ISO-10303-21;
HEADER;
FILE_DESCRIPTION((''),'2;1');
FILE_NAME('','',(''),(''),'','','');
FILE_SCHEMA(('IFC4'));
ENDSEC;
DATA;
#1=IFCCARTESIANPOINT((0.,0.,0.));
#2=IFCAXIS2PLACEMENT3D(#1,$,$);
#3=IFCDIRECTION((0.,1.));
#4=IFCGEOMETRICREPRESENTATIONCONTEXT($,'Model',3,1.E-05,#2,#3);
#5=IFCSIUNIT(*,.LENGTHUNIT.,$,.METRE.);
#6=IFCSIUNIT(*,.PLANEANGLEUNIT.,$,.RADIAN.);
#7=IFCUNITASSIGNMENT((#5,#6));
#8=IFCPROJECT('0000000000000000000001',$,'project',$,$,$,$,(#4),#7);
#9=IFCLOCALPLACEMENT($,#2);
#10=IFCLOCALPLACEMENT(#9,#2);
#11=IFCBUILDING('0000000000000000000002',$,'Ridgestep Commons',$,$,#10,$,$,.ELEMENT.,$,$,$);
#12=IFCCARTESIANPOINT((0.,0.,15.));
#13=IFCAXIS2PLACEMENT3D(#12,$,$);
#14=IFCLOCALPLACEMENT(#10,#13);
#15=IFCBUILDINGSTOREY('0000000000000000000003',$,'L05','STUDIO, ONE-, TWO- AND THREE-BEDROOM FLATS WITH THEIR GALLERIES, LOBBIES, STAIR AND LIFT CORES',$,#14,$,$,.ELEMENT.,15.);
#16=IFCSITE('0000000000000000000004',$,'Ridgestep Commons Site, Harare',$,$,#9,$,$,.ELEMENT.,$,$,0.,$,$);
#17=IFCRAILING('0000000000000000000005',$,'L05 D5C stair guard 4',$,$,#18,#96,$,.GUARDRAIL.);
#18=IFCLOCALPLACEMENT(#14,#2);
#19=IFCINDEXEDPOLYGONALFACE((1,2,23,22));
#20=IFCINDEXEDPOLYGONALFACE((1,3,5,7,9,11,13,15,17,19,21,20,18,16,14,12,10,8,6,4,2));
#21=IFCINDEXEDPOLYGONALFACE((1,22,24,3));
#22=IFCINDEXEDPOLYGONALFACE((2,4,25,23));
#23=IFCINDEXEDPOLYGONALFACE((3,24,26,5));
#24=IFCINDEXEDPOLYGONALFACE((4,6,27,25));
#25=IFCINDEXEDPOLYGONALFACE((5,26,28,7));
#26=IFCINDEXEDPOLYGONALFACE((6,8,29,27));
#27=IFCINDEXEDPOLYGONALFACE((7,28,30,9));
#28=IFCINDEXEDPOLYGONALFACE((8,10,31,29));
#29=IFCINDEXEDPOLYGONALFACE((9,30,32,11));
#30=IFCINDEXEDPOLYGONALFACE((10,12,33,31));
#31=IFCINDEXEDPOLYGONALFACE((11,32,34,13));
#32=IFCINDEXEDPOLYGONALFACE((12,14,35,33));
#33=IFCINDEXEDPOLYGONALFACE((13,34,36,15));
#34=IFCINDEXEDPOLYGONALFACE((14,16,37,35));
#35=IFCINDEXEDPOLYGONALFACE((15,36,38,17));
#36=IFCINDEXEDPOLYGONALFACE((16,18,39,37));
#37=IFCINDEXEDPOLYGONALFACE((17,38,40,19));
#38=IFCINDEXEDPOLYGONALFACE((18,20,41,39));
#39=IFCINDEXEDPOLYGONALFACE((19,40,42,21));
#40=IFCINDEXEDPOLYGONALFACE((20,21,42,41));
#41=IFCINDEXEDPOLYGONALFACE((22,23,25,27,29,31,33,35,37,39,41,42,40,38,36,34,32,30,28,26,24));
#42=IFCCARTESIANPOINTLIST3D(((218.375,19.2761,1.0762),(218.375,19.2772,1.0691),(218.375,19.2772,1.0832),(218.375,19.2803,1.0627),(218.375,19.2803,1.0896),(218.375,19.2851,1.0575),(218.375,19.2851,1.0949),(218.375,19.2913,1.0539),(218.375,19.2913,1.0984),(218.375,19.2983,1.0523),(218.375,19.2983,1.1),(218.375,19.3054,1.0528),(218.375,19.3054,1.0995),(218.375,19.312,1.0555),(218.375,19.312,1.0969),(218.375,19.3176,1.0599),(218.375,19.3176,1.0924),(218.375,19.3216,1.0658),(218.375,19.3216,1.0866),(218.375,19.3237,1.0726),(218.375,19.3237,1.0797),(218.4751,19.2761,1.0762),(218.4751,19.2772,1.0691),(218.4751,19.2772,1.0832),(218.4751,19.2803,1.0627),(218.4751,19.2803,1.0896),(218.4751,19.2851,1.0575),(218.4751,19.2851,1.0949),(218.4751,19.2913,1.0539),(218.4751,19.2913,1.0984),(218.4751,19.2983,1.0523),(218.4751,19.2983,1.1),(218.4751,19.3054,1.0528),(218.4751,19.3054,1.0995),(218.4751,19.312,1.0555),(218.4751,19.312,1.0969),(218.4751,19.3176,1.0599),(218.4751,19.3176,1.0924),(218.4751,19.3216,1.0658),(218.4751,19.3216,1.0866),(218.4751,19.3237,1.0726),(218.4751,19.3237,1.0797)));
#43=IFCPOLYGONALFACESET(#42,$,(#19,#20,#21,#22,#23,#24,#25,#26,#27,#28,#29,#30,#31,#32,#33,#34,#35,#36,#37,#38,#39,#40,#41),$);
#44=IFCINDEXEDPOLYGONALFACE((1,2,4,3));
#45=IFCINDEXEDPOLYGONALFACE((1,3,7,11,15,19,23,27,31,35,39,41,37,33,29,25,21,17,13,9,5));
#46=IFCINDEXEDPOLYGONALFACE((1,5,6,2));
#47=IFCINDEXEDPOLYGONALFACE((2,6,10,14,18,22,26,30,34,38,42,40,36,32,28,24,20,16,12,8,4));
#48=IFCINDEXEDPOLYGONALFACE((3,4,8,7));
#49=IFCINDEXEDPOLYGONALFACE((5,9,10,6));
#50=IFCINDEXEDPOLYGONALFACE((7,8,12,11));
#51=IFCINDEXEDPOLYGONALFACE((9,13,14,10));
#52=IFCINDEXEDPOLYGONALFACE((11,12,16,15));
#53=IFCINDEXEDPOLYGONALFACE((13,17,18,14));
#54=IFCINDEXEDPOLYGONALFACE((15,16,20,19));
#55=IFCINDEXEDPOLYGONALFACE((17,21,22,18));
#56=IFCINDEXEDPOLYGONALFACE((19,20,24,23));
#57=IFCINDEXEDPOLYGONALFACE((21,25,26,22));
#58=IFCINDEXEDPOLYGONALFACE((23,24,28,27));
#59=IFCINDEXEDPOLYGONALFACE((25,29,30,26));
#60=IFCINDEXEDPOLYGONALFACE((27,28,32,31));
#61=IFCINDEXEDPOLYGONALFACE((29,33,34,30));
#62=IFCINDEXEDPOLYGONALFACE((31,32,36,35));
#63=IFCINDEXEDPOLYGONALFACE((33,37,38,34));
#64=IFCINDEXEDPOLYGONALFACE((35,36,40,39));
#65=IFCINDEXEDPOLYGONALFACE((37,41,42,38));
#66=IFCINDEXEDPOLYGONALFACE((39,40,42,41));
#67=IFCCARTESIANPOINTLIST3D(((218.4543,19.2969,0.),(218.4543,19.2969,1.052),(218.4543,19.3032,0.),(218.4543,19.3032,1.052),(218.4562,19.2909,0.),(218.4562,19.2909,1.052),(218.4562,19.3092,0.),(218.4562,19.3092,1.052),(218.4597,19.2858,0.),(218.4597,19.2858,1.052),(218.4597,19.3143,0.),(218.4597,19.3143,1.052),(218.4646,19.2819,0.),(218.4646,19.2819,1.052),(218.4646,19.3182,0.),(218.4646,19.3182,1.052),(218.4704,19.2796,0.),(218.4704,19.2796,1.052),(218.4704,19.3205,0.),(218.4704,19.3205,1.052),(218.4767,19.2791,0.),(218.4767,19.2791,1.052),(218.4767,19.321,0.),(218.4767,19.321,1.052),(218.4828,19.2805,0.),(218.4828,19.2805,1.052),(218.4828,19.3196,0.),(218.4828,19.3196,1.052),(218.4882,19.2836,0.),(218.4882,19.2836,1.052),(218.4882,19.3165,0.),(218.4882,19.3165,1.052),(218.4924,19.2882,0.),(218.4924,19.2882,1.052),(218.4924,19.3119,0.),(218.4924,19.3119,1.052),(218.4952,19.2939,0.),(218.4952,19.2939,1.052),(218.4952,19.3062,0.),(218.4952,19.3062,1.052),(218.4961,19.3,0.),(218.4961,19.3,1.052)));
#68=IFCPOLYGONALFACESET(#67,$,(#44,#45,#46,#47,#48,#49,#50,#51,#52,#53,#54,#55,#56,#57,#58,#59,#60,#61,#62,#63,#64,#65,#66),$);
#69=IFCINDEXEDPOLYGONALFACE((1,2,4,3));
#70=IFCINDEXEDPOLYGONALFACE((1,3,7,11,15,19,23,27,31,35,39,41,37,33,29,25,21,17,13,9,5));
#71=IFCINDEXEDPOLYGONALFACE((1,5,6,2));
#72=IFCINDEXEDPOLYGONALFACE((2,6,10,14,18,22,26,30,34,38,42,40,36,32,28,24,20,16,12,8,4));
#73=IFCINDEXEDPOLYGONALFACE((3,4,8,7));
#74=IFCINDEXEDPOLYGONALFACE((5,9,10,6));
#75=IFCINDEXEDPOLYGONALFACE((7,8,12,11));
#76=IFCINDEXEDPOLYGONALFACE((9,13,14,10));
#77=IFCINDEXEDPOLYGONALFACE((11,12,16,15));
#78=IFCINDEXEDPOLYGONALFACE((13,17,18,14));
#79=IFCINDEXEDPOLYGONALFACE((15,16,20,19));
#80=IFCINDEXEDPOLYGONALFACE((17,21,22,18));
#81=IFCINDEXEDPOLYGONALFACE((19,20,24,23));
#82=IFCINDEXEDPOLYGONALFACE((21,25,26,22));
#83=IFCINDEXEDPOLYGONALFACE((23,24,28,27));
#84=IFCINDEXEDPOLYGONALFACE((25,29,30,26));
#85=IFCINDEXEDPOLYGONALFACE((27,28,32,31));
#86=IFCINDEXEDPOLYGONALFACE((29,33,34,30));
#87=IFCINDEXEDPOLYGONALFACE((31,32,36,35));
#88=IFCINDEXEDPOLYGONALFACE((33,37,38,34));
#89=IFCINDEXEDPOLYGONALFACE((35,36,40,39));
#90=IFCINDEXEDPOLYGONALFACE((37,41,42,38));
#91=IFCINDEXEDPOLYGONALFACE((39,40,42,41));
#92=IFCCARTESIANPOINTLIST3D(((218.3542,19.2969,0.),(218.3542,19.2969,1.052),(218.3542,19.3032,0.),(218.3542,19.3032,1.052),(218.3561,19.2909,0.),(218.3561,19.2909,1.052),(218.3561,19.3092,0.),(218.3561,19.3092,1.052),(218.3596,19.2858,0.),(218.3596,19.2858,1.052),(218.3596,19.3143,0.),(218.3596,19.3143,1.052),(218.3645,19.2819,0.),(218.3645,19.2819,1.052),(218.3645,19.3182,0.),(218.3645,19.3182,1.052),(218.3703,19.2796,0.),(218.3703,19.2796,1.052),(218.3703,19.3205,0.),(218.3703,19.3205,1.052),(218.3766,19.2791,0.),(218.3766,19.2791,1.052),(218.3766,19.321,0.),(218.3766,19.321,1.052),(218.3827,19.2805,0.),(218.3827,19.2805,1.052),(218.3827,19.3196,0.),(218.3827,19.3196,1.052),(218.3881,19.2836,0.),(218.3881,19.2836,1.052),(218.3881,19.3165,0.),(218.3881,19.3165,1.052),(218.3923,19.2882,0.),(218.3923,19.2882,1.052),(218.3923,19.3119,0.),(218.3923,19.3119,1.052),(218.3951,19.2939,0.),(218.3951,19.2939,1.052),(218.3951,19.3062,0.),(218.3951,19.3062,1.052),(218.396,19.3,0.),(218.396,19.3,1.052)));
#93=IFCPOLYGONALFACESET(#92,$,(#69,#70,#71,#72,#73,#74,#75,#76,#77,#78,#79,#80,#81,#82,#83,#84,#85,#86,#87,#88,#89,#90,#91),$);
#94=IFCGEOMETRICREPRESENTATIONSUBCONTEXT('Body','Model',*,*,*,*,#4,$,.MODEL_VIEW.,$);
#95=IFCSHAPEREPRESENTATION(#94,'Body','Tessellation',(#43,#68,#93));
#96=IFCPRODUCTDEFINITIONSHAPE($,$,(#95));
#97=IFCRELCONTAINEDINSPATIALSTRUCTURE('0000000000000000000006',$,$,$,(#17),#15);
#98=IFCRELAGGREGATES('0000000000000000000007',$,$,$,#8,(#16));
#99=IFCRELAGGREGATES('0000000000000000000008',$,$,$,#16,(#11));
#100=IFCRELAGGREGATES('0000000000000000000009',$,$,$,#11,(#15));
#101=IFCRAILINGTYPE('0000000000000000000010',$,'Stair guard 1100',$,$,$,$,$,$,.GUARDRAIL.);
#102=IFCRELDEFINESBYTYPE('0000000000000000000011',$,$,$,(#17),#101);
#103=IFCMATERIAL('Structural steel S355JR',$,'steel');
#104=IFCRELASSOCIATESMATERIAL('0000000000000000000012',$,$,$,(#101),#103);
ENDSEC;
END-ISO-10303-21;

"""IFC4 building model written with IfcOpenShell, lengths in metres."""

from ifc_helpers import new_model, si_unit, direction, frame, origin, origin_2d, place, context, subcontext, project, spatial, circle, extrude, material, type_object, element, save


model = new_model("IFC4")

# Units and contexts
model_context = context("Model", 3, precision=1e-05, world=origin(), true_north=direction((0.0, 1.0)))
body_context = subcontext(model_context, "Body", "Model", "MODEL_VIEW")
ifc_project = project(units=[si_unit("LENGTHUNIT", "METRE"), si_unit("PLANEANGLEUNIT", "RADIAN")], contexts=[model_context])

# Site, building, storey
site_placement = place(None, origin())
site = spatial("IfcSite", under=ifc_project, at=site_placement, Name="Ridgestep Commons Site, Harare", CompositionType="ELEMENT", RefElevation=0.0)
building_placement = place(site_placement, origin())
building = spatial("IfcBuilding", under=site, at=building_placement, Name="Ridgestep Commons", CompositionType="ELEMENT")
storey_placement = place(building_placement, frame((0.0, 0.0, 15.0)))
storey = spatial("IfcBuildingStorey", under=building, at=storey_placement, Name="L05", Description="STUDIO, ONE-, TWO- AND THREE-BEDROOM FLATS WITH THEIR GALLERIES, LOBBIES, STAIR AND LIFT CORES", CompositionType="ELEMENT", Elevation=15.0)

# Railing
ifc_material_1 = material(Name="Structural steel S355JR", Category="steel")
railing_type_1 = type_object("IfcRailingType", Name="Stair guard 1100", PredefinedType="GUARDRAIL", material=ifc_material_1)
for number, where, name in (
    (1, (218.4751, 19.3, 0.0), "L05 D5C stair guard 4"),
):
    element("IfcRailing", number, at=place(storey_placement, frame(where)), inside=storey, type_object=railing_type_1, Name=name, PredefinedType="GUARDRAIL", context=body_context, shape_type="SweptSolid", body=[
        extrude(circle(Radius=0.0239, at=origin_2d()), frame((0.0, 0.0, 1.0762), z_axis=(-1.0, 0.0, 0.0), x_axis=(0.0, -1.0, 0.0)), (0.0, 0.0, 1.0), 0.1001),
        extrude(circle(Radius=0.021, at=origin_2d()), origin(), (0.0, 0.0, 1.0), 1.052),
        extrude(circle(Radius=0.021, at=origin_2d()), frame((-0.1001, 0.0, 0.0)), (0.0, 0.0, 1.0), 1.052),
    ])

save(model, "model.ifc")
